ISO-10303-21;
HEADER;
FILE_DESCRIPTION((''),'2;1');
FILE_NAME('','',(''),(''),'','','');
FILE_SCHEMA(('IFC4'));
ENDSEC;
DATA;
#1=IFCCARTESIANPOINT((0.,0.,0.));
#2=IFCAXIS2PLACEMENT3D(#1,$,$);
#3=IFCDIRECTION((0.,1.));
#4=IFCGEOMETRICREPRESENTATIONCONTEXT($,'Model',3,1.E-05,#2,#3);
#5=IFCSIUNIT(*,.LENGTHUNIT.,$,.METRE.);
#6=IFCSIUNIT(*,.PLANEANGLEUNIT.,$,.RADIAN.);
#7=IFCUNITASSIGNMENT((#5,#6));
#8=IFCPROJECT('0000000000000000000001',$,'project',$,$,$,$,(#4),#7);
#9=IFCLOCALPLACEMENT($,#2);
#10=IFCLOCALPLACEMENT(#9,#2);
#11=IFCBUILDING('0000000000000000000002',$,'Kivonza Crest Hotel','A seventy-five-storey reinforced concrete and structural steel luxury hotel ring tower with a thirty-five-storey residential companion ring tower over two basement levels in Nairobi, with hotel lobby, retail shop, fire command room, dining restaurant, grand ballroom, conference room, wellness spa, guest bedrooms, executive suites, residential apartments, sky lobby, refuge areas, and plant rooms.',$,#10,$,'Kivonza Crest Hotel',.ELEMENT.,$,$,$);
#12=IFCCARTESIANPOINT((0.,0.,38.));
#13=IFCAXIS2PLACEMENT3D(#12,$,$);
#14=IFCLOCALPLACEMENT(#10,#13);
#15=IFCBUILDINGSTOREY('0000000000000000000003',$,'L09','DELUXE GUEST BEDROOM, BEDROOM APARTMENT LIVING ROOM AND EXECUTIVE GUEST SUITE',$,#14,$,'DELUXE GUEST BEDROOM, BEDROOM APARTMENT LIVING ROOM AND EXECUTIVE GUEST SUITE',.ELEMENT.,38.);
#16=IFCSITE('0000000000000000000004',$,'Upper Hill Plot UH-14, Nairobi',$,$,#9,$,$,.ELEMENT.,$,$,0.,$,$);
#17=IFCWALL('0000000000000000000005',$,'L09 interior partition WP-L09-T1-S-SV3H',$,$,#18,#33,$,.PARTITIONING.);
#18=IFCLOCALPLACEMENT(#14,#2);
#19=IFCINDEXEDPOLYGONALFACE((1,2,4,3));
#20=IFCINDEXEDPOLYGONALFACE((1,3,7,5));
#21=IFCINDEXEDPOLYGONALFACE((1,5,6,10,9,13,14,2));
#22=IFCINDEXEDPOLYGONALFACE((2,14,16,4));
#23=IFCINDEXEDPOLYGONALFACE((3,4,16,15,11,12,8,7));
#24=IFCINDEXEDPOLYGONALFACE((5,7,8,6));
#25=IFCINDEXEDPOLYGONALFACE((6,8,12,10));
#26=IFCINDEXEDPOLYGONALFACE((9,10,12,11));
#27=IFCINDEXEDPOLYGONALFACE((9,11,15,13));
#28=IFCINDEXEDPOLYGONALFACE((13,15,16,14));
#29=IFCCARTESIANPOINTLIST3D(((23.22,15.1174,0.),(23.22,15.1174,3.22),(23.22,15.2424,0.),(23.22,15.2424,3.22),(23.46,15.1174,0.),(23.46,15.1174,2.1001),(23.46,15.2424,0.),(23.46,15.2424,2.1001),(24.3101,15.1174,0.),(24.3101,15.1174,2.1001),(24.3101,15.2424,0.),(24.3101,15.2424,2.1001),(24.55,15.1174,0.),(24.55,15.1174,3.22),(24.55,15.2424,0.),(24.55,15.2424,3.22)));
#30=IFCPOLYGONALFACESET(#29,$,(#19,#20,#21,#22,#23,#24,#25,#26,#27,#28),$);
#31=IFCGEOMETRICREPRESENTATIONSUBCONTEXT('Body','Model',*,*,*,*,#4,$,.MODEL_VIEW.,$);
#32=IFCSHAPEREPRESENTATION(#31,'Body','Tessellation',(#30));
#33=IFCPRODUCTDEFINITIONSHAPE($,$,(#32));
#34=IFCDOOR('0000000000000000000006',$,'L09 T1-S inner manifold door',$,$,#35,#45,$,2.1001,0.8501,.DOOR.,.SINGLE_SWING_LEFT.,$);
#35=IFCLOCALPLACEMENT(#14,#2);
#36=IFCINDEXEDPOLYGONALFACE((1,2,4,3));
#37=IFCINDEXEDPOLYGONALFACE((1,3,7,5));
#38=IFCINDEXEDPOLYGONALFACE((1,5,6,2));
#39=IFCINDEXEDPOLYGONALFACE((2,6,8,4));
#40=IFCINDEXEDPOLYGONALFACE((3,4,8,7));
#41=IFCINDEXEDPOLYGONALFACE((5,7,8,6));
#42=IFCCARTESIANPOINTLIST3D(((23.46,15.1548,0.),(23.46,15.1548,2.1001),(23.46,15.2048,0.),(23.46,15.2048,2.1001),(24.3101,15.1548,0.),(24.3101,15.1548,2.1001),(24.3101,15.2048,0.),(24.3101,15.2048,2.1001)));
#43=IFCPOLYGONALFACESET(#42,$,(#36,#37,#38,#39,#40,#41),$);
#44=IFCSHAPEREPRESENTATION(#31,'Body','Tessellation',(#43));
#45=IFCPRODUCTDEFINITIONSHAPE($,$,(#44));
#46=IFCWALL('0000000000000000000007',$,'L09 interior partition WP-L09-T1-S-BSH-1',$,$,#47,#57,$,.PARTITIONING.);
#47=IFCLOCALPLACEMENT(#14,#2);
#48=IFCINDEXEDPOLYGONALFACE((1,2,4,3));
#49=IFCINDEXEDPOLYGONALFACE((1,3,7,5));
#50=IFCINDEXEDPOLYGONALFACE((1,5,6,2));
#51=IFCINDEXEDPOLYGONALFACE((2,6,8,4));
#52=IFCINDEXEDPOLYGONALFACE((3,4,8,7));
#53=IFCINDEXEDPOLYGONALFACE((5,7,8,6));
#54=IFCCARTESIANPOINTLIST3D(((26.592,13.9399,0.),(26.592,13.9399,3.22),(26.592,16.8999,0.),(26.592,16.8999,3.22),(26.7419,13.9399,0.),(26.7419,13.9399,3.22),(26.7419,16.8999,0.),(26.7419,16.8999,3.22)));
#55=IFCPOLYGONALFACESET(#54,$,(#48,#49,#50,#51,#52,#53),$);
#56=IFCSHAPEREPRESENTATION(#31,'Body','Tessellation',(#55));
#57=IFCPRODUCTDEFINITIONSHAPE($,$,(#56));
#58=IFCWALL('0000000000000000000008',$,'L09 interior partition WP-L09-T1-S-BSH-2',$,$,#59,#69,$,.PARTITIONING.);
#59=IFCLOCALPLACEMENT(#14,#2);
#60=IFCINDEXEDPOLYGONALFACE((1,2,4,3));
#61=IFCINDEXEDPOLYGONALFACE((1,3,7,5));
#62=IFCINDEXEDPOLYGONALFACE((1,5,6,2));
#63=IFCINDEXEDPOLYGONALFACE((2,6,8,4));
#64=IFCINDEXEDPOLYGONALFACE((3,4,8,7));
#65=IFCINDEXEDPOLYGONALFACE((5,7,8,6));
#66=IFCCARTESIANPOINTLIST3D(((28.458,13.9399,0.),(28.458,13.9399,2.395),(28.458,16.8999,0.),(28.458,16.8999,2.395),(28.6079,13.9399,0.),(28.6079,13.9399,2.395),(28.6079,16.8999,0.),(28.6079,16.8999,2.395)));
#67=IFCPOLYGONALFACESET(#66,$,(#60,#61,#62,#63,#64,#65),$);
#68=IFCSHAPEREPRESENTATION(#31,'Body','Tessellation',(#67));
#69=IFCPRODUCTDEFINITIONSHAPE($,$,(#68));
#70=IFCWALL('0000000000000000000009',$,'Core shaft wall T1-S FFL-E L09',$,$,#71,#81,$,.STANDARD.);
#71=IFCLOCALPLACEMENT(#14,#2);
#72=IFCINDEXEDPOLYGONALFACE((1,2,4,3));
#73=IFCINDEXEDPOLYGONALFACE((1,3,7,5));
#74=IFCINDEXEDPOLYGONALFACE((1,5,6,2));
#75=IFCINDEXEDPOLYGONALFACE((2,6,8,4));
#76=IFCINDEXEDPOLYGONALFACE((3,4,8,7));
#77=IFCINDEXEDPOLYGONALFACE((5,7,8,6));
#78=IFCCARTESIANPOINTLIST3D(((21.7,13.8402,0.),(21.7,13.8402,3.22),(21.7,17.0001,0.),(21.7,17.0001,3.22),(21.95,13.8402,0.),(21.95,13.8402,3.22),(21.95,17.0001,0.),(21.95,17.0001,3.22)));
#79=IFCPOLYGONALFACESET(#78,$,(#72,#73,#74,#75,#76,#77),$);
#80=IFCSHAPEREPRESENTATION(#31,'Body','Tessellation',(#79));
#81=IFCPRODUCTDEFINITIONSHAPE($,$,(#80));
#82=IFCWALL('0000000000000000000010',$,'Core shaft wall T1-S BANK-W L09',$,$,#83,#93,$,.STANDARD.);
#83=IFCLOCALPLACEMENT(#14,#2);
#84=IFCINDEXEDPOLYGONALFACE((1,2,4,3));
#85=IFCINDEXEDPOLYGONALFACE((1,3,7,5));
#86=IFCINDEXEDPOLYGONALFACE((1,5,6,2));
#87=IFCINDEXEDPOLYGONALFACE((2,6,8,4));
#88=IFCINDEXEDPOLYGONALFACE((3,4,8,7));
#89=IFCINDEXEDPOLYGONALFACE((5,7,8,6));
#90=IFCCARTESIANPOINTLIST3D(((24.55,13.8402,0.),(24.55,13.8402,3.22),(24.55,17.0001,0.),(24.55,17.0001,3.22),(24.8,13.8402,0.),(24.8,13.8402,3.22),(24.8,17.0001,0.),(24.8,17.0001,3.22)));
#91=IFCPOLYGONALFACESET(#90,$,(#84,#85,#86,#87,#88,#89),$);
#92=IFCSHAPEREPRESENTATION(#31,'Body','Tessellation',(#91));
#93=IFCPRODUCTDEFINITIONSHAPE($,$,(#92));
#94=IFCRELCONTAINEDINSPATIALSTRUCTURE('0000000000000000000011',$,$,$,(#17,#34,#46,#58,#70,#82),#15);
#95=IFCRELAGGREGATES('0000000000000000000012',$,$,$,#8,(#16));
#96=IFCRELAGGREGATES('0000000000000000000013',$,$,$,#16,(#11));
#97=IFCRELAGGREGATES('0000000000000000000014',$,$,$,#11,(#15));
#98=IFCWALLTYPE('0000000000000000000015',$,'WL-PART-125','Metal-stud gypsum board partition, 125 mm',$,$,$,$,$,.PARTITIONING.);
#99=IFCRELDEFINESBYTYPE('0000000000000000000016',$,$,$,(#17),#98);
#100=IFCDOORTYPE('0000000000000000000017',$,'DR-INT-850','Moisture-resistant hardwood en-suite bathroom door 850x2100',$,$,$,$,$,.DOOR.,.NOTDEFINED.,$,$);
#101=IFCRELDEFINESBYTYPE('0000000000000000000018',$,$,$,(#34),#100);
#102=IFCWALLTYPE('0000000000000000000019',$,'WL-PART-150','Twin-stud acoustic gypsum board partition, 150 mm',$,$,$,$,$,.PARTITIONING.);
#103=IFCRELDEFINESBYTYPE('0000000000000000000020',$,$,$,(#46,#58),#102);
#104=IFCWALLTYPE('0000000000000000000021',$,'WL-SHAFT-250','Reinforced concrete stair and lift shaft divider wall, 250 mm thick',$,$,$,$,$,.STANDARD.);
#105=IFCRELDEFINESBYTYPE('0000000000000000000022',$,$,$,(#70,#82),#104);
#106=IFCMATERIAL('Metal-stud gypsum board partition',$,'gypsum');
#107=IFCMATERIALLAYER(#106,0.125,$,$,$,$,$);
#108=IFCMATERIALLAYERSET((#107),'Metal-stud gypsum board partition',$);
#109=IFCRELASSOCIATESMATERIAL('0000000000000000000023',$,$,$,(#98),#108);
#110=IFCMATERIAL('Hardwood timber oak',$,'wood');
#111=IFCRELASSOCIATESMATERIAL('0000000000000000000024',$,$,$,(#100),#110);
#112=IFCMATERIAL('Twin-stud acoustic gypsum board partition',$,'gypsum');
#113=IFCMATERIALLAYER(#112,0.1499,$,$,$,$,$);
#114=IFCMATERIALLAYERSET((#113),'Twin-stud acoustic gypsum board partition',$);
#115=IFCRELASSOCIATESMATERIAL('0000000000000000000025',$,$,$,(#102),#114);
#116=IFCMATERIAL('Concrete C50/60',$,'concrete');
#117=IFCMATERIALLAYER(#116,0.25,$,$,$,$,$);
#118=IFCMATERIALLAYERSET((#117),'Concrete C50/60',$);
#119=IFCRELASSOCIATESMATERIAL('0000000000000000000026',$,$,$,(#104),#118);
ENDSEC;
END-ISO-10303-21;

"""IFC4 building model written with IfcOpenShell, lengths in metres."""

from ifc_helpers import new_model, si_unit, direction, frame, frame_2d, origin, place, context, subcontext, project, spatial, rectangle, extrude, material, layer, layer_set, type_object, element, fill, save


model = new_model("IFC4")

# Units and contexts
model_context = context("Model", 3, precision=1e-05, world=origin(), true_north=direction((0.0, 1.0)))
body_context = subcontext(model_context, "Body", "Model", "MODEL_VIEW")
ifc_project = project(units=[si_unit("LENGTHUNIT", "METRE"), si_unit("PLANEANGLEUNIT", "RADIAN")], contexts=[model_context])

# Site, building, storey
site_placement = place(None, origin())
site = spatial("IfcSite", under=ifc_project, at=site_placement, Name="Upper Hill Plot UH-14, Nairobi", CompositionType="ELEMENT", RefElevation=0.0)
building_placement = place(site_placement, origin())
building = spatial("IfcBuilding", under=site, at=building_placement, Name="Kivonza Crest Hotel", Description="A seventy-five-storey reinforced concrete and structural steel luxury hotel ring tower with a thirty-five-storey residential companion ring tower over two basement levels in Nairobi, with hotel lobby, retail shop, fire command room, dining restaurant, grand ballroom, conference room, wellness spa, guest bedrooms, executive suites, residential apartments, sky lobby, refuge areas, and plant rooms.", LongName="Kivonza Crest Hotel", CompositionType="ELEMENT")
storey_placement = place(building_placement, frame((0.0, 0.0, 38.0)))
storey = spatial("IfcBuildingStorey", under=building, at=storey_placement, Name="L09", Description="DELUXE GUEST BEDROOM, BEDROOM APARTMENT LIVING ROOM AND EXECUTIVE GUEST SUITE", LongName="DELUXE GUEST BEDROOM, BEDROOM APARTMENT LIVING ROOM AND EXECUTIVE GUEST SUITE", CompositionType="ELEMENT", Elevation=38.0)

# Shared definitions
ifc_material_1 = material(Name="Hardwood timber oak", Category="wood")

# Wall, opening, door
ifc_material_2 = material(Name="Metal-stud gypsum board partition", Category="gypsum")
ifc_layer_1 = layer(ifc_material_2, 0.125)
ifc_layer_set_1 = layer_set([ifc_layer_1], Name="Metal-stud gypsum board partition")
wall_type_1 = type_object("IfcWallType", Name="WL-PART-125", Description="Metal-stud gypsum board partition, 125 mm", PredefinedType="PARTITIONING", material=ifc_layer_set_1)
wall_1_placement = place(storey_placement, frame((23.22, 15.1799, 0.0), z_axis=(0.0, 0.0, 1.0), x_axis=(1.0, 0.0, 0.0)))
wall_1 = element("IfcWall", 1, at=wall_1_placement, inside=storey, type_object=wall_type_1, Name="L09 interior partition WP-L09-T1-S-SV3H", PredefinedType="PARTITIONING", context=body_context, shape_type="SweptSolid", body=[
    extrude(rectangle(XDim=1.3301, YDim=0.125, at=frame_2d((0.665, 0.0))), origin(), (0.0, 0.0, 1.0), 3.22),
])
opening_1_placement = place(wall_1_placement, frame((0.24, 0.0, 0.0)))
opening_1 = element("IfcOpeningElement", 2, at=opening_1_placement, cuts=wall_1, PredefinedType="OPENING", context=body_context, shape_type="SweptSolid", body=[
    extrude(rectangle(XDim=0.8501, YDim=2.1001, at=frame_2d((0.425, 1.05))), frame((0.0, 0.0725, 0.0), z_axis=(0.0, -1.0, 0.0), x_axis=(1.0, 0.0, 0.0)), (0.0, 0.0, 1.0), 0.145),
])
door_type_1 = type_object("IfcDoorType", Name="DR-INT-850", Description="Moisture-resistant hardwood en-suite bathroom door 850x2100", OperationType="NOTDEFINED", PredefinedType="DOOR", material=ifc_material_1)
door_1_placement = place(opening_1_placement, origin())
door_1 = element("IfcDoor", 3, at=door_1_placement, inside=storey, type_object=door_type_1, Name="L09 T1-S inner manifold door", OperationType="SINGLE_SWING_LEFT", OverallHeight=2.1001, OverallWidth=0.8501, PredefinedType="DOOR", context=body_context, shape_type="SweptSolid", body=[
    extrude(rectangle(XDim=0.8501, YDim=2.1001, at=frame_2d((0.425, 1.05))), frame((0.0, 0.0249, 0.0), z_axis=(0.0, -1.0, 0.0), x_axis=(1.0, 0.0, 0.0)), (0.0, 0.0, 1.0), 0.05),
])
fill(opening_1, door_1)

# Walls
ifc_material_3 = material(Name="Twin-stud acoustic gypsum board partition", Category="gypsum")
ifc_layer_2 = layer(ifc_material_3, 0.1499)
ifc_layer_set_2 = layer_set([ifc_layer_2], Name="Twin-stud acoustic gypsum board partition")
wall_type_2 = type_object("IfcWallType", Name="WL-PART-150", Description="Twin-stud acoustic gypsum board partition, 150 mm", PredefinedType="PARTITIONING", material=ifc_layer_set_2)
wall_2_placement = place(storey_placement, frame((26.667, 13.9399, 0.0), z_axis=(0.0, 0.0, 1.0), x_axis=(0.0, 1.0, 0.0)))
element("IfcWall", 4, at=wall_2_placement, inside=storey, type_object=wall_type_2, Name="L09 interior partition WP-L09-T1-S-BSH-1", PredefinedType="PARTITIONING", context=body_context, shape_type="SweptSolid", body=[
    extrude(rectangle(XDim=2.96, YDim=0.1499, at=frame_2d((1.48, 0.0))), origin(), (0.0, 0.0, 1.0), 3.22),
])
wall_3_placement = place(storey_placement, frame((28.533, 13.9399, 0.0), z_axis=(0.0, 0.0, 1.0), x_axis=(0.0, 1.0, 0.0)))
element("IfcWall", 5, at=wall_3_placement, inside=storey, type_object=wall_type_2, Name="L09 interior partition WP-L09-T1-S-BSH-2", PredefinedType="PARTITIONING", context=body_context, shape_type="SweptSolid", body=[
    extrude(rectangle(XDim=2.96, YDim=0.1499, at=frame_2d((1.48, 0.0))), origin(), (0.0, 0.0, 1.0), 2.395),
])

# Shared definitions
ifc_material_4 = material(Name="Concrete C50/60", Category="concrete")
ifc_layer_3 = layer(ifc_material_4, 0.25)
ifc_layer_set_3 = layer_set([ifc_layer_3], Name="Concrete C50/60")
wall_type_3 = type_object("IfcWallType", Name="WL-SHAFT-250", Description="Reinforced concrete stair and lift shaft divider wall, 250 mm thick", PredefinedType="STANDARD", material=ifc_layer_set_3)

# Walls
for number, where, z_axis, x_axis, name in (
    (6, (21.825, 13.8401, 0.0), (0.0, 0.0, 1.0), (0.0, 1.0, 0.0), "Core shaft wall T1-S FFL-E L09"),
    (7, (24.675, 13.8401, 0.0), (0.0, 0.0, 1.0), (0.0, 1.0, 0.0), "Core shaft wall T1-S BANK-W L09"),
):
    element("IfcWall", number, at=place(storey_placement, frame(where, z_axis=z_axis, x_axis=x_axis)), inside=storey, type_object=wall_type_3, Name=name, PredefinedType="STANDARD", context=body_context, shape_type="SweptSolid", body=[
        extrude(rectangle(XDim=3.1599, YDim=0.25, at=frame_2d((1.5801, 0.0))), origin(), (0.0, 0.0, 1.0), 3.22),
    ])

save(model, "model.ifc")
